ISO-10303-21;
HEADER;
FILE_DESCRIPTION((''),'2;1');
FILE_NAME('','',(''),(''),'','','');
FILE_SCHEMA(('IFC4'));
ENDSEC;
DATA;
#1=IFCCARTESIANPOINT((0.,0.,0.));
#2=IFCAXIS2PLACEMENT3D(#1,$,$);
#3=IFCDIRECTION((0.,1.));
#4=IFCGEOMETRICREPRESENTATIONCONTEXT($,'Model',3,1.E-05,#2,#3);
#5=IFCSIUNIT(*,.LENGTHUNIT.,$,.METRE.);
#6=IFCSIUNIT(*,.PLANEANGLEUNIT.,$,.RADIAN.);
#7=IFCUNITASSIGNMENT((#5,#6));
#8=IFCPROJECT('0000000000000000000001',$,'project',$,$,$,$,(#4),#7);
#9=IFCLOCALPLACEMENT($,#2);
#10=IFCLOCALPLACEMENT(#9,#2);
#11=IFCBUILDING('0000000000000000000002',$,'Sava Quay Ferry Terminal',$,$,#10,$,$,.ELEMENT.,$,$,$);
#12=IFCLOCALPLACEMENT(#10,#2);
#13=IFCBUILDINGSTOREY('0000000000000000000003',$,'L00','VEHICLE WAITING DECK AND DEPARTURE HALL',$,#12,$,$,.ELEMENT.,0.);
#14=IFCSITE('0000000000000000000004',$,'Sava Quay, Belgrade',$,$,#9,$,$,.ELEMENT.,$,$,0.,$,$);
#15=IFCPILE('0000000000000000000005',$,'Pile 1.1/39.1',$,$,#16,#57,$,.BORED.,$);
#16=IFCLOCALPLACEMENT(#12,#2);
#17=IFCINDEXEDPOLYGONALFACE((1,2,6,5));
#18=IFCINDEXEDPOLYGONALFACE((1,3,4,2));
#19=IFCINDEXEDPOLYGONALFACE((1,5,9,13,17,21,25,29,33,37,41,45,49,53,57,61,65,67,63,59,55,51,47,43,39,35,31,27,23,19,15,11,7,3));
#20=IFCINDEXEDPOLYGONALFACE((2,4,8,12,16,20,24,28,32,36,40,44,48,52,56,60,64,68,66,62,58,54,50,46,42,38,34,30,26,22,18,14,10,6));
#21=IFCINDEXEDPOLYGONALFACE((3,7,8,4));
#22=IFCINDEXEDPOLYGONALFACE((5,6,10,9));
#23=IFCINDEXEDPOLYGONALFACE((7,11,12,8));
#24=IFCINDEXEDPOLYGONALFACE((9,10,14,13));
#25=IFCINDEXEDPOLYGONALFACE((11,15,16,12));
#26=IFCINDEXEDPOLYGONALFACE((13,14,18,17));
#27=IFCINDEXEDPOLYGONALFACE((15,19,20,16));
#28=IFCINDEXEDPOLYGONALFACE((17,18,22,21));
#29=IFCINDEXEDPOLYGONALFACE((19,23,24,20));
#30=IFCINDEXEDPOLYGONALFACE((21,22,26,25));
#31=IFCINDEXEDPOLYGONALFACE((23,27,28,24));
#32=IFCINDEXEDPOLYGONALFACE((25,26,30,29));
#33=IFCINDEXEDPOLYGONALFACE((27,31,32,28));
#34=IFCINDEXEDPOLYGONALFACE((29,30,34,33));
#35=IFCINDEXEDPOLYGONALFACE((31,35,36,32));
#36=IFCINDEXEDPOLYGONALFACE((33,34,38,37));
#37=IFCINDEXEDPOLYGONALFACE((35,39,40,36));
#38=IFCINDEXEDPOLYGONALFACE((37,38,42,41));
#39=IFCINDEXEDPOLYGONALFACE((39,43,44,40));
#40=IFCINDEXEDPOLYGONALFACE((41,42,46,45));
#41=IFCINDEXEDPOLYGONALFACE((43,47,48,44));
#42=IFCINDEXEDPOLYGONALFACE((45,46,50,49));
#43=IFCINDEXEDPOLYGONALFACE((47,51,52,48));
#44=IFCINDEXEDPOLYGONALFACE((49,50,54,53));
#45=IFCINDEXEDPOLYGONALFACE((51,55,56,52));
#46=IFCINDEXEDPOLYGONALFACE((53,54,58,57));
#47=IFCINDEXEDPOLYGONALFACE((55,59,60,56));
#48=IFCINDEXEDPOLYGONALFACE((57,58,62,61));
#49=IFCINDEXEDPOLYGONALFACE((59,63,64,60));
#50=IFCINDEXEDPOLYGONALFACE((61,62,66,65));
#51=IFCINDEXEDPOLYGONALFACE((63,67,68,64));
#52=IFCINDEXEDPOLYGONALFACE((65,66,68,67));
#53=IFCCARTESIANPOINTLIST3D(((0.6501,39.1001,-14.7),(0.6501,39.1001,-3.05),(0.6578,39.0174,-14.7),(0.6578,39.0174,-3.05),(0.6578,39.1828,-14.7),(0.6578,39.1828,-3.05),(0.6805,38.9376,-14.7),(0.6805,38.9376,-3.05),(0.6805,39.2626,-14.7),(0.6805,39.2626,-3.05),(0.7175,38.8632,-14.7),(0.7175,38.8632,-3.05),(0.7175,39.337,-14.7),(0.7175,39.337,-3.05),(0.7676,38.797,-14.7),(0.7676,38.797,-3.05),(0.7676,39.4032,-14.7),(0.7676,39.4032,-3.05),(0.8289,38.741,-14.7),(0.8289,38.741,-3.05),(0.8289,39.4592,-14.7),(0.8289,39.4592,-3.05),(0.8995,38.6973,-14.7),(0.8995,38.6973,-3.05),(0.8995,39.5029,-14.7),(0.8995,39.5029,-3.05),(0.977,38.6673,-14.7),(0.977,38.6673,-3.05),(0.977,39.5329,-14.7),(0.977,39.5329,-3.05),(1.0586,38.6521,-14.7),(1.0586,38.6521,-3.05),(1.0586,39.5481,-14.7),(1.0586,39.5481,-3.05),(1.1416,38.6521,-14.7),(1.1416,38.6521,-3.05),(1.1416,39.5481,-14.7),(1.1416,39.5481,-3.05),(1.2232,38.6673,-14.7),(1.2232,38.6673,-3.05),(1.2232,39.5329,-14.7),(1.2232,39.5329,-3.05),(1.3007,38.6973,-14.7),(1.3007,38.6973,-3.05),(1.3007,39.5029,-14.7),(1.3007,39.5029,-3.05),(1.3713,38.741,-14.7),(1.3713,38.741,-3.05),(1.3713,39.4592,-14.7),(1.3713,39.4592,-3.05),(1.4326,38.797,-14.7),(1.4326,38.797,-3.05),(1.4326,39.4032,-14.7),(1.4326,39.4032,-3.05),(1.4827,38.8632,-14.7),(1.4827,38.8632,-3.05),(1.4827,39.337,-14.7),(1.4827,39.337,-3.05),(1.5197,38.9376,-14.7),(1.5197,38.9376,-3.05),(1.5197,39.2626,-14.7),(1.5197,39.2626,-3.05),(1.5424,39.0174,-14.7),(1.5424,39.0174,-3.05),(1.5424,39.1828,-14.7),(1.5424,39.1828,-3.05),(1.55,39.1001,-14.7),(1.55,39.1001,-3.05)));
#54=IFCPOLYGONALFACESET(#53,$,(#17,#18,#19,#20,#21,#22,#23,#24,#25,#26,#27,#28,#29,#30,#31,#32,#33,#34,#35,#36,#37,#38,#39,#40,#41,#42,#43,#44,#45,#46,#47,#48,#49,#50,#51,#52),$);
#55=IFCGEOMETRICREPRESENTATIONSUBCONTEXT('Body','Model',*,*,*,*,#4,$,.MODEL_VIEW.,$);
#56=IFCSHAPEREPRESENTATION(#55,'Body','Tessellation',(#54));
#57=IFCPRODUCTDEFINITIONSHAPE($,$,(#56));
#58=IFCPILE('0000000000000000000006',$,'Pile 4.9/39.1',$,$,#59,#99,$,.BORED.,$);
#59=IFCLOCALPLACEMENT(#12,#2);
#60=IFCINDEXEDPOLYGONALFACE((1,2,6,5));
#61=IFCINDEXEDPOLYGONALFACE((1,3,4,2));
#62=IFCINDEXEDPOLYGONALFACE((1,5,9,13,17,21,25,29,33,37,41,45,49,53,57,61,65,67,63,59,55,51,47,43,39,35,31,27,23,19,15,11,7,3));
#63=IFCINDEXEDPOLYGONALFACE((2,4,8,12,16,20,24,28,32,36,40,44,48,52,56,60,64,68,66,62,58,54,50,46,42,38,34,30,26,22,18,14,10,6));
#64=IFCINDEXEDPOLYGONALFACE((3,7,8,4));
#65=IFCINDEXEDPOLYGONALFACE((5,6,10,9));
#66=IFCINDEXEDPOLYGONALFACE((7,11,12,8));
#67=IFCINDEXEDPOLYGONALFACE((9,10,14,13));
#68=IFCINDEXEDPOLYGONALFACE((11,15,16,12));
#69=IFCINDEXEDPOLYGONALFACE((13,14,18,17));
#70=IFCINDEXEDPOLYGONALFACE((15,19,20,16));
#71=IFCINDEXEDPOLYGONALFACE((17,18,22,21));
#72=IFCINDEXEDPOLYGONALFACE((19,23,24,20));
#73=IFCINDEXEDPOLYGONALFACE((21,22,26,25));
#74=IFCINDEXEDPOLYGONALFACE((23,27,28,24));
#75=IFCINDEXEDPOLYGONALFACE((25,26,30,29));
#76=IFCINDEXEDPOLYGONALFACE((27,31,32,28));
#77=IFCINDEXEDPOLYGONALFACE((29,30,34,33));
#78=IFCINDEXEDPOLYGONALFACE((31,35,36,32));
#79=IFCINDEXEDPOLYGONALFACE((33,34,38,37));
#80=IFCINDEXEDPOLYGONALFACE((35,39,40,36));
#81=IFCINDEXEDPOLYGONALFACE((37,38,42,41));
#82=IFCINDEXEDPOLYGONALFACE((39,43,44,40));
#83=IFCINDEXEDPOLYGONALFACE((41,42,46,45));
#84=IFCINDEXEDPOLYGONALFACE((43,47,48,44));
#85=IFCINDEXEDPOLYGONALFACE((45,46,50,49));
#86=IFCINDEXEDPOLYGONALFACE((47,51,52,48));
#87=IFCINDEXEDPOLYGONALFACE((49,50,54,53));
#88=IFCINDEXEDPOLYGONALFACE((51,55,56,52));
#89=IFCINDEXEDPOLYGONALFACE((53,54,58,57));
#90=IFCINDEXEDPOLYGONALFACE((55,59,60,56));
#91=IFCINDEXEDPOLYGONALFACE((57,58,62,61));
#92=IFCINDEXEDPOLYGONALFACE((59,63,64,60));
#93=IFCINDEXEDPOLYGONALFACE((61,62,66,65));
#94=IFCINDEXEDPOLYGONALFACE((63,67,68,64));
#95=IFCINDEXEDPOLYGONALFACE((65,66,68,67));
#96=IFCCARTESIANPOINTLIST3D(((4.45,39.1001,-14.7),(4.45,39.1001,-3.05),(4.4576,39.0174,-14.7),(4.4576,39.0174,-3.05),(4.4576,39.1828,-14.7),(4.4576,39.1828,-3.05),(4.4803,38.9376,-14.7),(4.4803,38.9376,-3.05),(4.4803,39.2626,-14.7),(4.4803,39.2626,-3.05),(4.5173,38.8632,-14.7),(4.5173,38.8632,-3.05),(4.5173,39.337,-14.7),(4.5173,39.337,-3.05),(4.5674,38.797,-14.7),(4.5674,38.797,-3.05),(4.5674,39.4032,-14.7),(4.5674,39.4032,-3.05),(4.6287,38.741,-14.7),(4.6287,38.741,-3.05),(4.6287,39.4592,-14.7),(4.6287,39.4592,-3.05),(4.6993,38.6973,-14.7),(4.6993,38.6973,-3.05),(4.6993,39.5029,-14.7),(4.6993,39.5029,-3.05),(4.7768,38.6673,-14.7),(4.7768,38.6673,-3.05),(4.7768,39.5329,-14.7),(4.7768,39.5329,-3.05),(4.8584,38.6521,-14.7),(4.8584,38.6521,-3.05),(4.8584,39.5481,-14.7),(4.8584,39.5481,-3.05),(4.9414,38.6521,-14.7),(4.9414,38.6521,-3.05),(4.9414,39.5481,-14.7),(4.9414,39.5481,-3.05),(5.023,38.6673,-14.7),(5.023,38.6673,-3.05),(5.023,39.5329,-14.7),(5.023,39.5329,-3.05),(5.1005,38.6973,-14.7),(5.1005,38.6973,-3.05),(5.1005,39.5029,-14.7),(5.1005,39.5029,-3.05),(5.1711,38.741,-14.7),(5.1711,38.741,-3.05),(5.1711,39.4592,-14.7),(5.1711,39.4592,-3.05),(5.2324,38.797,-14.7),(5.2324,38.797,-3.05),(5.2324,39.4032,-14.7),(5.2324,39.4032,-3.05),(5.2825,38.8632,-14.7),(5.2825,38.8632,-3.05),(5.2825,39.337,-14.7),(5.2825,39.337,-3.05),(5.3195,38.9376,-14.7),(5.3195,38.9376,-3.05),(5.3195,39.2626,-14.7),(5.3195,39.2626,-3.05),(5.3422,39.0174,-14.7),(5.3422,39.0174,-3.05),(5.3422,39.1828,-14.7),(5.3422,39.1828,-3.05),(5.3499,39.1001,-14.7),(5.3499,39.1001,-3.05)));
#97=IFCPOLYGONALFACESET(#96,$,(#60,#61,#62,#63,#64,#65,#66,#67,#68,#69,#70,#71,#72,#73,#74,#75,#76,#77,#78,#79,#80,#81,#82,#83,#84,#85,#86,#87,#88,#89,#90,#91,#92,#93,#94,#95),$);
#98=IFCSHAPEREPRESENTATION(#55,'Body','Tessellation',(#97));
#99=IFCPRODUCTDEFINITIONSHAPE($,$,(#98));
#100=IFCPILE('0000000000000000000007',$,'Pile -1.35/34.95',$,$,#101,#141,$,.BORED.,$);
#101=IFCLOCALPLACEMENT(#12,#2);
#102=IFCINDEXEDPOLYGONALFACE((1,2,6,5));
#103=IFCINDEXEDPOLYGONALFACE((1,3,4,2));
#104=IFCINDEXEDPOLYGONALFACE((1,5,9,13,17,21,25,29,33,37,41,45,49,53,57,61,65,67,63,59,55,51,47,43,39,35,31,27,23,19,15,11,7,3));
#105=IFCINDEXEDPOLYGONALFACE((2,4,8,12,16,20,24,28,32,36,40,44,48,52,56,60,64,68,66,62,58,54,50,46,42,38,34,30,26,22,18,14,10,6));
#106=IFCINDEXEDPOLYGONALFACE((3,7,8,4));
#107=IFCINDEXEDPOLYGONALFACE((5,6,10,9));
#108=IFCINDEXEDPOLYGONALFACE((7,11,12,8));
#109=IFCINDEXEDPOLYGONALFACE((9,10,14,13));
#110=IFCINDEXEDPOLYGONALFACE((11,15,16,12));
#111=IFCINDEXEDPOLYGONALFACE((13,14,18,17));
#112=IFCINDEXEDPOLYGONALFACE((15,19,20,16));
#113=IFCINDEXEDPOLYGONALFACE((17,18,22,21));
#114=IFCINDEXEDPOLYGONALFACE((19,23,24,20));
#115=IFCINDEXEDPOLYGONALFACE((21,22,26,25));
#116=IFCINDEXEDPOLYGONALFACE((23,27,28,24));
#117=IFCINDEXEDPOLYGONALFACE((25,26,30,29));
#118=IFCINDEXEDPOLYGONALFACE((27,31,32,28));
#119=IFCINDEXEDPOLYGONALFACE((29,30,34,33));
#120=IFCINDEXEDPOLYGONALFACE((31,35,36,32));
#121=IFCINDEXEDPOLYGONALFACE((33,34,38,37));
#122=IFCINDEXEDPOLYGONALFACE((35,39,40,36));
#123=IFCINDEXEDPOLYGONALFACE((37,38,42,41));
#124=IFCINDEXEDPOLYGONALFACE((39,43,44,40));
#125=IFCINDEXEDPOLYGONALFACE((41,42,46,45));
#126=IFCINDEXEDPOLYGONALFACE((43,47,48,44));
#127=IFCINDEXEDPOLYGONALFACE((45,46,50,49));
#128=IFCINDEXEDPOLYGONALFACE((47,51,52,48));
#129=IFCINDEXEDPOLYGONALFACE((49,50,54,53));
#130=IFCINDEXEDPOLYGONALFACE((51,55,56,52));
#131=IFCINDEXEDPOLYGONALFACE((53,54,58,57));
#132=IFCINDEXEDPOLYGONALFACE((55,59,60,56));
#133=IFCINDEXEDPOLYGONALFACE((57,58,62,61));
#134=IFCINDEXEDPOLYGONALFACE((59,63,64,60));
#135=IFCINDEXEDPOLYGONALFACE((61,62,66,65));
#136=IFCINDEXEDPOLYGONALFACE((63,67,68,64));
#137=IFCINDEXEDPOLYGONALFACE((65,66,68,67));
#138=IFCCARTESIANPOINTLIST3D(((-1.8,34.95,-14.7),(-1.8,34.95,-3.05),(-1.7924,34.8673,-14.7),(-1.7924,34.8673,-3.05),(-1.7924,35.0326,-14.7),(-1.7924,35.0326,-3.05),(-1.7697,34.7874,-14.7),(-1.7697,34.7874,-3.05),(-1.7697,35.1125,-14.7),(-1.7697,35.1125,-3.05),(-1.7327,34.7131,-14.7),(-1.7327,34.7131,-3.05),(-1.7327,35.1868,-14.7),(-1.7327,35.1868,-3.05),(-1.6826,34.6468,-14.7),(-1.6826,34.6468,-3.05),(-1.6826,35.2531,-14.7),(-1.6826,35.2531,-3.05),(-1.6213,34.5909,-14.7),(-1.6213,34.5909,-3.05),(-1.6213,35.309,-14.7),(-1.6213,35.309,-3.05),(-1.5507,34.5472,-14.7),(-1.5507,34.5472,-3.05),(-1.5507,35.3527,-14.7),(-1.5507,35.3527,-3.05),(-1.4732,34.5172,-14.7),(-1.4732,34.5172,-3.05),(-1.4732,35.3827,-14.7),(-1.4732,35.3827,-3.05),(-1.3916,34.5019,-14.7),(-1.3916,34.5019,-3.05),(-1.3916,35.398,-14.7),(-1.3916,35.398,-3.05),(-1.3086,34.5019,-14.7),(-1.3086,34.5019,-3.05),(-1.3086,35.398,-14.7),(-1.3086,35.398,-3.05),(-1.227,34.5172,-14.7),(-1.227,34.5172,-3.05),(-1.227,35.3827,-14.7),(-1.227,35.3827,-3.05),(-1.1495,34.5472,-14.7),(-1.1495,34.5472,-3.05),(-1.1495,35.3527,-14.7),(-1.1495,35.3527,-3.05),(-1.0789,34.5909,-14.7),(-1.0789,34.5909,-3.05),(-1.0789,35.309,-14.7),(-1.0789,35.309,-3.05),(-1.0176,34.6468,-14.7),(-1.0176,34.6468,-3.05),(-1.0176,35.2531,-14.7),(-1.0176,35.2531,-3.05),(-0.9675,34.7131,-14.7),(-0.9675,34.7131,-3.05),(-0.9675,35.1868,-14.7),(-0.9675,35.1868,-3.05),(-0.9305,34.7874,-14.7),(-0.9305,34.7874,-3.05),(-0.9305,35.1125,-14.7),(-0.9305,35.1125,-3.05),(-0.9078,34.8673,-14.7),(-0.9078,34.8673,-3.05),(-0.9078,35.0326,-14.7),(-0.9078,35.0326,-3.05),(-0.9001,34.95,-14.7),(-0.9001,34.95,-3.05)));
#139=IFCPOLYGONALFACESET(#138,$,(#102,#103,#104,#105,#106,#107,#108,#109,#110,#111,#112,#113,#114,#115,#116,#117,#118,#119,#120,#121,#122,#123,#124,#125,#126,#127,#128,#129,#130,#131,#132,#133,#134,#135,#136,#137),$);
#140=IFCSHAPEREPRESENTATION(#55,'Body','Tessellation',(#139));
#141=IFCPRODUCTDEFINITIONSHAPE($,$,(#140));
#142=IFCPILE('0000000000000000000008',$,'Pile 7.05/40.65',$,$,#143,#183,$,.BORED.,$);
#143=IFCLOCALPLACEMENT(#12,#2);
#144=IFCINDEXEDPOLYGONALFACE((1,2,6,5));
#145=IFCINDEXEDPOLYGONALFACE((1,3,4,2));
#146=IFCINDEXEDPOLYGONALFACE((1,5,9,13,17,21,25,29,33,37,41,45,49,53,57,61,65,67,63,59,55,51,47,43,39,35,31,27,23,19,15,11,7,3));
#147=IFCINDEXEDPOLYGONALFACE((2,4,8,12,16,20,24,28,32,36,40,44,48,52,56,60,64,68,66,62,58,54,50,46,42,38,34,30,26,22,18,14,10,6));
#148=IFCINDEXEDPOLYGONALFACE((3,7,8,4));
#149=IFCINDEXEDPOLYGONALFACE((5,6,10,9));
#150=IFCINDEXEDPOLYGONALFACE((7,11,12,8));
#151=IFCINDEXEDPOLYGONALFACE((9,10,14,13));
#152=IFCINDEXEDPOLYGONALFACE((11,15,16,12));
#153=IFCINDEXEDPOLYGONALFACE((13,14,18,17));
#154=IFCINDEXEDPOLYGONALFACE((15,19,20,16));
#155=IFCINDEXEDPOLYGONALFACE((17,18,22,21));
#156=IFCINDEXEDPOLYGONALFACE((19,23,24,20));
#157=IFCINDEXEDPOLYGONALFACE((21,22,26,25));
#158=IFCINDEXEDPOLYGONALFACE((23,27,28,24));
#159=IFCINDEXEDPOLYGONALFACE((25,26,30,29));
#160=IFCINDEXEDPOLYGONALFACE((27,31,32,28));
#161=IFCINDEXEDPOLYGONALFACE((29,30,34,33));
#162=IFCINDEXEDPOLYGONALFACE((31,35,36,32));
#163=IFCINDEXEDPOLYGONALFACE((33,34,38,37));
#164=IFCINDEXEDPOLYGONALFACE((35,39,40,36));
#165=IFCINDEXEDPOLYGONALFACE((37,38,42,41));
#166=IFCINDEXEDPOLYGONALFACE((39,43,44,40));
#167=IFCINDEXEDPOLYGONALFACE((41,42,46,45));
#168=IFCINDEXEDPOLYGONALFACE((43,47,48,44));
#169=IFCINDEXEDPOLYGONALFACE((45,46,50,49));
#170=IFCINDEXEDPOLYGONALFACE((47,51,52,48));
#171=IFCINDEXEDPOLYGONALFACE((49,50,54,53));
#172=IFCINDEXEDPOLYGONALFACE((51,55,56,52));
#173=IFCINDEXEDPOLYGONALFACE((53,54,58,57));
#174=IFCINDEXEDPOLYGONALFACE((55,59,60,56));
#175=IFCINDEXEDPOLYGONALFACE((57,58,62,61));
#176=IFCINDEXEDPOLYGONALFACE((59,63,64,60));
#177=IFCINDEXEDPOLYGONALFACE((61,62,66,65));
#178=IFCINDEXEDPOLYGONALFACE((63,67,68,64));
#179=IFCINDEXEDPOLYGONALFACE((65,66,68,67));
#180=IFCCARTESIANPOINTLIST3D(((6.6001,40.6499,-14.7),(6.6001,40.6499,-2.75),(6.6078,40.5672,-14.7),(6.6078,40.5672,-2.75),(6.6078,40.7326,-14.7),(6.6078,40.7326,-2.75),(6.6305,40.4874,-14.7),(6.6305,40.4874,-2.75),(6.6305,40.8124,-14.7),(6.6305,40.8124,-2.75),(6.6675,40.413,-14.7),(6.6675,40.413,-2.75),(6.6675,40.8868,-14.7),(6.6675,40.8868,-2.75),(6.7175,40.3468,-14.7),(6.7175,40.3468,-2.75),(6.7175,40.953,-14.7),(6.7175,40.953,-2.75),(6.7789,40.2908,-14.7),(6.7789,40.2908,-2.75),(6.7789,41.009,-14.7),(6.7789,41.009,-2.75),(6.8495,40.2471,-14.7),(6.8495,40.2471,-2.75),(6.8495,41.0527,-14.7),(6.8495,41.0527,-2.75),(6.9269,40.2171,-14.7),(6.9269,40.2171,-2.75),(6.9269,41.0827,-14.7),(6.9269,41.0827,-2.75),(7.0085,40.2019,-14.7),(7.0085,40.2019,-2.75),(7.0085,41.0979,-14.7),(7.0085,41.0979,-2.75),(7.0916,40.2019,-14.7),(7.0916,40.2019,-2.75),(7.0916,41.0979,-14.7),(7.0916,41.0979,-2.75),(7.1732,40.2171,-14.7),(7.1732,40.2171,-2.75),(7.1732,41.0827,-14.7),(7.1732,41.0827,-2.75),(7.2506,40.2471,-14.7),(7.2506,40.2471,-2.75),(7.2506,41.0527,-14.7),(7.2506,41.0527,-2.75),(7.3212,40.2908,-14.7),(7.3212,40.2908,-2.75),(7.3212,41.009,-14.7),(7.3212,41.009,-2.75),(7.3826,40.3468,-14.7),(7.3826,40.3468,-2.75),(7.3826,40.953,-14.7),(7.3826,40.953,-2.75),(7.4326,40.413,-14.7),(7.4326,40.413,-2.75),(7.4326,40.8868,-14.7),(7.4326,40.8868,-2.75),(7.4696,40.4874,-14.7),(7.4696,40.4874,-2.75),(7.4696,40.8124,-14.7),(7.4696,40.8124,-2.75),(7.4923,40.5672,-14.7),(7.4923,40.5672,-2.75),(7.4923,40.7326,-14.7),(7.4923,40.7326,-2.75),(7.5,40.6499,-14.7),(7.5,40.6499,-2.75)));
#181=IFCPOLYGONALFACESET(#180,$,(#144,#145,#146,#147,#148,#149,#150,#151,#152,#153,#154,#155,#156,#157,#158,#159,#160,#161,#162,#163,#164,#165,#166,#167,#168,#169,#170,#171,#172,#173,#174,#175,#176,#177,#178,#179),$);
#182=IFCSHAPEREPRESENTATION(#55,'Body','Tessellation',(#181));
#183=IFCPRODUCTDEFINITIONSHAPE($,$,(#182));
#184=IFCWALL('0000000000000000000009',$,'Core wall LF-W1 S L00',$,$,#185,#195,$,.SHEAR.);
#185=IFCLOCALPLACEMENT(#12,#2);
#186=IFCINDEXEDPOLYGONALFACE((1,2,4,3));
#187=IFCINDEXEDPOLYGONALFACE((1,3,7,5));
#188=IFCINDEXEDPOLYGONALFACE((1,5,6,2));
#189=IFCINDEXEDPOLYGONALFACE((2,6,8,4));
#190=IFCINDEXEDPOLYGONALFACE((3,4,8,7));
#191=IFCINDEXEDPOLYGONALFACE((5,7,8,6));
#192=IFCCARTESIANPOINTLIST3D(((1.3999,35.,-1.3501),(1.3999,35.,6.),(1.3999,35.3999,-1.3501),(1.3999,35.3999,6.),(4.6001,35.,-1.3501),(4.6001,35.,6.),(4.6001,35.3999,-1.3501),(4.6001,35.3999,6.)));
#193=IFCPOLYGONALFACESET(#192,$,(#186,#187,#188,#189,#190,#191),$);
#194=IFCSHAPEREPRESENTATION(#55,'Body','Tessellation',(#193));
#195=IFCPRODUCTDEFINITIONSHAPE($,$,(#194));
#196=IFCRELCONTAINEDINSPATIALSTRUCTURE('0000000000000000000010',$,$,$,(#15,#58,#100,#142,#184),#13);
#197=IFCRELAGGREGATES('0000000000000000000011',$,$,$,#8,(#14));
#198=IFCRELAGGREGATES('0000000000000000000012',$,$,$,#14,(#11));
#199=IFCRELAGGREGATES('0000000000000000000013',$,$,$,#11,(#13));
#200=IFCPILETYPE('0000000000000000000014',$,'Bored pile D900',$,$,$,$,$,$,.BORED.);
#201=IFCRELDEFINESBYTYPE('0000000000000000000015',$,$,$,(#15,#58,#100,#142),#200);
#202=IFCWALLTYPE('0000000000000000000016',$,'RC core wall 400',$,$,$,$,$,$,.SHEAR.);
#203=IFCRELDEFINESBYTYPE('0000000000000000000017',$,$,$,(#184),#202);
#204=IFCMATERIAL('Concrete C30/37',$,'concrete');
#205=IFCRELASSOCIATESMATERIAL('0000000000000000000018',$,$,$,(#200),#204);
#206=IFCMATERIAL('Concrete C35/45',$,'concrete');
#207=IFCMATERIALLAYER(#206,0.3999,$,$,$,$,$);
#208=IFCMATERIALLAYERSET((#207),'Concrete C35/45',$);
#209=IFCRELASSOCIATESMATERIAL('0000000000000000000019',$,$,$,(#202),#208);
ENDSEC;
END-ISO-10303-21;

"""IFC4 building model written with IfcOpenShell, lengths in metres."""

from ifc_helpers import new_model, si_unit, direction, frame, frame_2d, origin, origin_2d, place, context, subcontext, project, spatial, rectangle, circle, extrude, material, layer, layer_set, material_profile, profile_set, type_object, element, save


model = new_model("IFC4")

# Units and contexts
model_context = context("Model", 3, precision=1e-05, world=origin(), true_north=direction((0.0, 1.0)))
body_context = subcontext(model_context, "Body", "Model", "MODEL_VIEW")
ifc_project = project(units=[si_unit("LENGTHUNIT", "METRE"), si_unit("PLANEANGLEUNIT", "RADIAN")], contexts=[model_context])

# Site, building, storey
site_placement = place(None, origin())
site = spatial("IfcSite", under=ifc_project, at=site_placement, Name="Sava Quay, Belgrade", CompositionType="ELEMENT", RefElevation=0.0)
building_placement = place(site_placement, origin())
building = spatial("IfcBuilding", under=site, at=building_placement, Name="Sava Quay Ferry Terminal", CompositionType="ELEMENT")
storey_placement = place(building_placement, origin())
storey = spatial("IfcBuildingStorey", under=building, at=storey_placement, Name="L00", Description="VEHICLE WAITING DECK AND DEPARTURE HALL", CompositionType="ELEMENT", Elevation=0.0)

# Piles
ifc_material_1 = material(Name="Concrete C30/37", Category="concrete")
ifc_material_profile = material_profile(ifc_material_1, circle(Radius=0.45, at=origin_2d()), Name="Bored pile D900")
ifc_profile_set = profile_set([ifc_material_profile], Name="Concrete C30/37")
pile_type = type_object("IfcPileType", Name="Bored pile D900", PredefinedType="BORED", material=ifc_profile_set)
for number, where, z_axis, x_axis, name in (
    (1, (1.1001, 39.1001, -3.05), (0.0, 0.0, -1.0), (1.0, 0.0, 0.0), "Pile 1.1/39.1"),
    (2, (4.8999, 39.1001, -3.05), (0.0, 0.0, -1.0), (1.0, 0.0, 0.0), "Pile 4.9/39.1"),
    (3, (-1.3501, 34.95, -3.05), (0.0, 0.0, -1.0), (1.0, 0.0, 0.0), "Pile -1.35/34.95"),
):
    element("IfcPile", number, at=place(storey_placement, frame(where, z_axis=z_axis, x_axis=x_axis)), inside=storey, type_object=pile_type, Name=name, PredefinedType="BORED", context=body_context, shape_type="SweptSolid", body=[
        extrude(circle(Radius=0.45, at=origin_2d()), origin(), (0.0, 0.0, 1.0), 11.6499),
    ])
pile_placement = place(storey_placement, frame((7.05, 40.6499, -2.75), z_axis=(0.0, 0.0, -1.0), x_axis=(1.0, 0.0, 0.0)))
element("IfcPile", 4, at=pile_placement, inside=storey, type_object=pile_type, Name="Pile 7.05/40.65", PredefinedType="BORED", context=body_context, shape_type="SweptSolid", body=[
    extrude(circle(Radius=0.45, at=origin_2d()), origin(), (0.0, 0.0, 1.0), 11.95),
])

# Wall
ifc_material_2 = material(Name="Concrete C35/45", Category="concrete")
ifc_layer_1 = layer(ifc_material_2, 0.3999)
ifc_layer_set_1 = layer_set([ifc_layer_1], Name="Concrete C35/45")
wall_type = type_object("IfcWallType", Name="RC core wall 400", PredefinedType="SHEAR", material=ifc_layer_set_1)
wall_1_placement = place(storey_placement, frame((1.3999, 35.2, -1.3501), z_axis=(0.0, 0.0, 1.0), x_axis=(1.0, 0.0, 0.0)))
element("IfcWall", 5, at=wall_1_placement, inside=storey, type_object=wall_type, Name="Core wall LF-W1 S L00", PredefinedType="SHEAR", context=body_context, shape_type="SweptSolid", body=[
    extrude(rectangle(XDim=3.2002, YDim=0.3999, at=frame_2d((1.6001, 0.0))), origin(), (0.0, 0.0, 1.0), 7.3501),
])

save(model, "model.ifc")
